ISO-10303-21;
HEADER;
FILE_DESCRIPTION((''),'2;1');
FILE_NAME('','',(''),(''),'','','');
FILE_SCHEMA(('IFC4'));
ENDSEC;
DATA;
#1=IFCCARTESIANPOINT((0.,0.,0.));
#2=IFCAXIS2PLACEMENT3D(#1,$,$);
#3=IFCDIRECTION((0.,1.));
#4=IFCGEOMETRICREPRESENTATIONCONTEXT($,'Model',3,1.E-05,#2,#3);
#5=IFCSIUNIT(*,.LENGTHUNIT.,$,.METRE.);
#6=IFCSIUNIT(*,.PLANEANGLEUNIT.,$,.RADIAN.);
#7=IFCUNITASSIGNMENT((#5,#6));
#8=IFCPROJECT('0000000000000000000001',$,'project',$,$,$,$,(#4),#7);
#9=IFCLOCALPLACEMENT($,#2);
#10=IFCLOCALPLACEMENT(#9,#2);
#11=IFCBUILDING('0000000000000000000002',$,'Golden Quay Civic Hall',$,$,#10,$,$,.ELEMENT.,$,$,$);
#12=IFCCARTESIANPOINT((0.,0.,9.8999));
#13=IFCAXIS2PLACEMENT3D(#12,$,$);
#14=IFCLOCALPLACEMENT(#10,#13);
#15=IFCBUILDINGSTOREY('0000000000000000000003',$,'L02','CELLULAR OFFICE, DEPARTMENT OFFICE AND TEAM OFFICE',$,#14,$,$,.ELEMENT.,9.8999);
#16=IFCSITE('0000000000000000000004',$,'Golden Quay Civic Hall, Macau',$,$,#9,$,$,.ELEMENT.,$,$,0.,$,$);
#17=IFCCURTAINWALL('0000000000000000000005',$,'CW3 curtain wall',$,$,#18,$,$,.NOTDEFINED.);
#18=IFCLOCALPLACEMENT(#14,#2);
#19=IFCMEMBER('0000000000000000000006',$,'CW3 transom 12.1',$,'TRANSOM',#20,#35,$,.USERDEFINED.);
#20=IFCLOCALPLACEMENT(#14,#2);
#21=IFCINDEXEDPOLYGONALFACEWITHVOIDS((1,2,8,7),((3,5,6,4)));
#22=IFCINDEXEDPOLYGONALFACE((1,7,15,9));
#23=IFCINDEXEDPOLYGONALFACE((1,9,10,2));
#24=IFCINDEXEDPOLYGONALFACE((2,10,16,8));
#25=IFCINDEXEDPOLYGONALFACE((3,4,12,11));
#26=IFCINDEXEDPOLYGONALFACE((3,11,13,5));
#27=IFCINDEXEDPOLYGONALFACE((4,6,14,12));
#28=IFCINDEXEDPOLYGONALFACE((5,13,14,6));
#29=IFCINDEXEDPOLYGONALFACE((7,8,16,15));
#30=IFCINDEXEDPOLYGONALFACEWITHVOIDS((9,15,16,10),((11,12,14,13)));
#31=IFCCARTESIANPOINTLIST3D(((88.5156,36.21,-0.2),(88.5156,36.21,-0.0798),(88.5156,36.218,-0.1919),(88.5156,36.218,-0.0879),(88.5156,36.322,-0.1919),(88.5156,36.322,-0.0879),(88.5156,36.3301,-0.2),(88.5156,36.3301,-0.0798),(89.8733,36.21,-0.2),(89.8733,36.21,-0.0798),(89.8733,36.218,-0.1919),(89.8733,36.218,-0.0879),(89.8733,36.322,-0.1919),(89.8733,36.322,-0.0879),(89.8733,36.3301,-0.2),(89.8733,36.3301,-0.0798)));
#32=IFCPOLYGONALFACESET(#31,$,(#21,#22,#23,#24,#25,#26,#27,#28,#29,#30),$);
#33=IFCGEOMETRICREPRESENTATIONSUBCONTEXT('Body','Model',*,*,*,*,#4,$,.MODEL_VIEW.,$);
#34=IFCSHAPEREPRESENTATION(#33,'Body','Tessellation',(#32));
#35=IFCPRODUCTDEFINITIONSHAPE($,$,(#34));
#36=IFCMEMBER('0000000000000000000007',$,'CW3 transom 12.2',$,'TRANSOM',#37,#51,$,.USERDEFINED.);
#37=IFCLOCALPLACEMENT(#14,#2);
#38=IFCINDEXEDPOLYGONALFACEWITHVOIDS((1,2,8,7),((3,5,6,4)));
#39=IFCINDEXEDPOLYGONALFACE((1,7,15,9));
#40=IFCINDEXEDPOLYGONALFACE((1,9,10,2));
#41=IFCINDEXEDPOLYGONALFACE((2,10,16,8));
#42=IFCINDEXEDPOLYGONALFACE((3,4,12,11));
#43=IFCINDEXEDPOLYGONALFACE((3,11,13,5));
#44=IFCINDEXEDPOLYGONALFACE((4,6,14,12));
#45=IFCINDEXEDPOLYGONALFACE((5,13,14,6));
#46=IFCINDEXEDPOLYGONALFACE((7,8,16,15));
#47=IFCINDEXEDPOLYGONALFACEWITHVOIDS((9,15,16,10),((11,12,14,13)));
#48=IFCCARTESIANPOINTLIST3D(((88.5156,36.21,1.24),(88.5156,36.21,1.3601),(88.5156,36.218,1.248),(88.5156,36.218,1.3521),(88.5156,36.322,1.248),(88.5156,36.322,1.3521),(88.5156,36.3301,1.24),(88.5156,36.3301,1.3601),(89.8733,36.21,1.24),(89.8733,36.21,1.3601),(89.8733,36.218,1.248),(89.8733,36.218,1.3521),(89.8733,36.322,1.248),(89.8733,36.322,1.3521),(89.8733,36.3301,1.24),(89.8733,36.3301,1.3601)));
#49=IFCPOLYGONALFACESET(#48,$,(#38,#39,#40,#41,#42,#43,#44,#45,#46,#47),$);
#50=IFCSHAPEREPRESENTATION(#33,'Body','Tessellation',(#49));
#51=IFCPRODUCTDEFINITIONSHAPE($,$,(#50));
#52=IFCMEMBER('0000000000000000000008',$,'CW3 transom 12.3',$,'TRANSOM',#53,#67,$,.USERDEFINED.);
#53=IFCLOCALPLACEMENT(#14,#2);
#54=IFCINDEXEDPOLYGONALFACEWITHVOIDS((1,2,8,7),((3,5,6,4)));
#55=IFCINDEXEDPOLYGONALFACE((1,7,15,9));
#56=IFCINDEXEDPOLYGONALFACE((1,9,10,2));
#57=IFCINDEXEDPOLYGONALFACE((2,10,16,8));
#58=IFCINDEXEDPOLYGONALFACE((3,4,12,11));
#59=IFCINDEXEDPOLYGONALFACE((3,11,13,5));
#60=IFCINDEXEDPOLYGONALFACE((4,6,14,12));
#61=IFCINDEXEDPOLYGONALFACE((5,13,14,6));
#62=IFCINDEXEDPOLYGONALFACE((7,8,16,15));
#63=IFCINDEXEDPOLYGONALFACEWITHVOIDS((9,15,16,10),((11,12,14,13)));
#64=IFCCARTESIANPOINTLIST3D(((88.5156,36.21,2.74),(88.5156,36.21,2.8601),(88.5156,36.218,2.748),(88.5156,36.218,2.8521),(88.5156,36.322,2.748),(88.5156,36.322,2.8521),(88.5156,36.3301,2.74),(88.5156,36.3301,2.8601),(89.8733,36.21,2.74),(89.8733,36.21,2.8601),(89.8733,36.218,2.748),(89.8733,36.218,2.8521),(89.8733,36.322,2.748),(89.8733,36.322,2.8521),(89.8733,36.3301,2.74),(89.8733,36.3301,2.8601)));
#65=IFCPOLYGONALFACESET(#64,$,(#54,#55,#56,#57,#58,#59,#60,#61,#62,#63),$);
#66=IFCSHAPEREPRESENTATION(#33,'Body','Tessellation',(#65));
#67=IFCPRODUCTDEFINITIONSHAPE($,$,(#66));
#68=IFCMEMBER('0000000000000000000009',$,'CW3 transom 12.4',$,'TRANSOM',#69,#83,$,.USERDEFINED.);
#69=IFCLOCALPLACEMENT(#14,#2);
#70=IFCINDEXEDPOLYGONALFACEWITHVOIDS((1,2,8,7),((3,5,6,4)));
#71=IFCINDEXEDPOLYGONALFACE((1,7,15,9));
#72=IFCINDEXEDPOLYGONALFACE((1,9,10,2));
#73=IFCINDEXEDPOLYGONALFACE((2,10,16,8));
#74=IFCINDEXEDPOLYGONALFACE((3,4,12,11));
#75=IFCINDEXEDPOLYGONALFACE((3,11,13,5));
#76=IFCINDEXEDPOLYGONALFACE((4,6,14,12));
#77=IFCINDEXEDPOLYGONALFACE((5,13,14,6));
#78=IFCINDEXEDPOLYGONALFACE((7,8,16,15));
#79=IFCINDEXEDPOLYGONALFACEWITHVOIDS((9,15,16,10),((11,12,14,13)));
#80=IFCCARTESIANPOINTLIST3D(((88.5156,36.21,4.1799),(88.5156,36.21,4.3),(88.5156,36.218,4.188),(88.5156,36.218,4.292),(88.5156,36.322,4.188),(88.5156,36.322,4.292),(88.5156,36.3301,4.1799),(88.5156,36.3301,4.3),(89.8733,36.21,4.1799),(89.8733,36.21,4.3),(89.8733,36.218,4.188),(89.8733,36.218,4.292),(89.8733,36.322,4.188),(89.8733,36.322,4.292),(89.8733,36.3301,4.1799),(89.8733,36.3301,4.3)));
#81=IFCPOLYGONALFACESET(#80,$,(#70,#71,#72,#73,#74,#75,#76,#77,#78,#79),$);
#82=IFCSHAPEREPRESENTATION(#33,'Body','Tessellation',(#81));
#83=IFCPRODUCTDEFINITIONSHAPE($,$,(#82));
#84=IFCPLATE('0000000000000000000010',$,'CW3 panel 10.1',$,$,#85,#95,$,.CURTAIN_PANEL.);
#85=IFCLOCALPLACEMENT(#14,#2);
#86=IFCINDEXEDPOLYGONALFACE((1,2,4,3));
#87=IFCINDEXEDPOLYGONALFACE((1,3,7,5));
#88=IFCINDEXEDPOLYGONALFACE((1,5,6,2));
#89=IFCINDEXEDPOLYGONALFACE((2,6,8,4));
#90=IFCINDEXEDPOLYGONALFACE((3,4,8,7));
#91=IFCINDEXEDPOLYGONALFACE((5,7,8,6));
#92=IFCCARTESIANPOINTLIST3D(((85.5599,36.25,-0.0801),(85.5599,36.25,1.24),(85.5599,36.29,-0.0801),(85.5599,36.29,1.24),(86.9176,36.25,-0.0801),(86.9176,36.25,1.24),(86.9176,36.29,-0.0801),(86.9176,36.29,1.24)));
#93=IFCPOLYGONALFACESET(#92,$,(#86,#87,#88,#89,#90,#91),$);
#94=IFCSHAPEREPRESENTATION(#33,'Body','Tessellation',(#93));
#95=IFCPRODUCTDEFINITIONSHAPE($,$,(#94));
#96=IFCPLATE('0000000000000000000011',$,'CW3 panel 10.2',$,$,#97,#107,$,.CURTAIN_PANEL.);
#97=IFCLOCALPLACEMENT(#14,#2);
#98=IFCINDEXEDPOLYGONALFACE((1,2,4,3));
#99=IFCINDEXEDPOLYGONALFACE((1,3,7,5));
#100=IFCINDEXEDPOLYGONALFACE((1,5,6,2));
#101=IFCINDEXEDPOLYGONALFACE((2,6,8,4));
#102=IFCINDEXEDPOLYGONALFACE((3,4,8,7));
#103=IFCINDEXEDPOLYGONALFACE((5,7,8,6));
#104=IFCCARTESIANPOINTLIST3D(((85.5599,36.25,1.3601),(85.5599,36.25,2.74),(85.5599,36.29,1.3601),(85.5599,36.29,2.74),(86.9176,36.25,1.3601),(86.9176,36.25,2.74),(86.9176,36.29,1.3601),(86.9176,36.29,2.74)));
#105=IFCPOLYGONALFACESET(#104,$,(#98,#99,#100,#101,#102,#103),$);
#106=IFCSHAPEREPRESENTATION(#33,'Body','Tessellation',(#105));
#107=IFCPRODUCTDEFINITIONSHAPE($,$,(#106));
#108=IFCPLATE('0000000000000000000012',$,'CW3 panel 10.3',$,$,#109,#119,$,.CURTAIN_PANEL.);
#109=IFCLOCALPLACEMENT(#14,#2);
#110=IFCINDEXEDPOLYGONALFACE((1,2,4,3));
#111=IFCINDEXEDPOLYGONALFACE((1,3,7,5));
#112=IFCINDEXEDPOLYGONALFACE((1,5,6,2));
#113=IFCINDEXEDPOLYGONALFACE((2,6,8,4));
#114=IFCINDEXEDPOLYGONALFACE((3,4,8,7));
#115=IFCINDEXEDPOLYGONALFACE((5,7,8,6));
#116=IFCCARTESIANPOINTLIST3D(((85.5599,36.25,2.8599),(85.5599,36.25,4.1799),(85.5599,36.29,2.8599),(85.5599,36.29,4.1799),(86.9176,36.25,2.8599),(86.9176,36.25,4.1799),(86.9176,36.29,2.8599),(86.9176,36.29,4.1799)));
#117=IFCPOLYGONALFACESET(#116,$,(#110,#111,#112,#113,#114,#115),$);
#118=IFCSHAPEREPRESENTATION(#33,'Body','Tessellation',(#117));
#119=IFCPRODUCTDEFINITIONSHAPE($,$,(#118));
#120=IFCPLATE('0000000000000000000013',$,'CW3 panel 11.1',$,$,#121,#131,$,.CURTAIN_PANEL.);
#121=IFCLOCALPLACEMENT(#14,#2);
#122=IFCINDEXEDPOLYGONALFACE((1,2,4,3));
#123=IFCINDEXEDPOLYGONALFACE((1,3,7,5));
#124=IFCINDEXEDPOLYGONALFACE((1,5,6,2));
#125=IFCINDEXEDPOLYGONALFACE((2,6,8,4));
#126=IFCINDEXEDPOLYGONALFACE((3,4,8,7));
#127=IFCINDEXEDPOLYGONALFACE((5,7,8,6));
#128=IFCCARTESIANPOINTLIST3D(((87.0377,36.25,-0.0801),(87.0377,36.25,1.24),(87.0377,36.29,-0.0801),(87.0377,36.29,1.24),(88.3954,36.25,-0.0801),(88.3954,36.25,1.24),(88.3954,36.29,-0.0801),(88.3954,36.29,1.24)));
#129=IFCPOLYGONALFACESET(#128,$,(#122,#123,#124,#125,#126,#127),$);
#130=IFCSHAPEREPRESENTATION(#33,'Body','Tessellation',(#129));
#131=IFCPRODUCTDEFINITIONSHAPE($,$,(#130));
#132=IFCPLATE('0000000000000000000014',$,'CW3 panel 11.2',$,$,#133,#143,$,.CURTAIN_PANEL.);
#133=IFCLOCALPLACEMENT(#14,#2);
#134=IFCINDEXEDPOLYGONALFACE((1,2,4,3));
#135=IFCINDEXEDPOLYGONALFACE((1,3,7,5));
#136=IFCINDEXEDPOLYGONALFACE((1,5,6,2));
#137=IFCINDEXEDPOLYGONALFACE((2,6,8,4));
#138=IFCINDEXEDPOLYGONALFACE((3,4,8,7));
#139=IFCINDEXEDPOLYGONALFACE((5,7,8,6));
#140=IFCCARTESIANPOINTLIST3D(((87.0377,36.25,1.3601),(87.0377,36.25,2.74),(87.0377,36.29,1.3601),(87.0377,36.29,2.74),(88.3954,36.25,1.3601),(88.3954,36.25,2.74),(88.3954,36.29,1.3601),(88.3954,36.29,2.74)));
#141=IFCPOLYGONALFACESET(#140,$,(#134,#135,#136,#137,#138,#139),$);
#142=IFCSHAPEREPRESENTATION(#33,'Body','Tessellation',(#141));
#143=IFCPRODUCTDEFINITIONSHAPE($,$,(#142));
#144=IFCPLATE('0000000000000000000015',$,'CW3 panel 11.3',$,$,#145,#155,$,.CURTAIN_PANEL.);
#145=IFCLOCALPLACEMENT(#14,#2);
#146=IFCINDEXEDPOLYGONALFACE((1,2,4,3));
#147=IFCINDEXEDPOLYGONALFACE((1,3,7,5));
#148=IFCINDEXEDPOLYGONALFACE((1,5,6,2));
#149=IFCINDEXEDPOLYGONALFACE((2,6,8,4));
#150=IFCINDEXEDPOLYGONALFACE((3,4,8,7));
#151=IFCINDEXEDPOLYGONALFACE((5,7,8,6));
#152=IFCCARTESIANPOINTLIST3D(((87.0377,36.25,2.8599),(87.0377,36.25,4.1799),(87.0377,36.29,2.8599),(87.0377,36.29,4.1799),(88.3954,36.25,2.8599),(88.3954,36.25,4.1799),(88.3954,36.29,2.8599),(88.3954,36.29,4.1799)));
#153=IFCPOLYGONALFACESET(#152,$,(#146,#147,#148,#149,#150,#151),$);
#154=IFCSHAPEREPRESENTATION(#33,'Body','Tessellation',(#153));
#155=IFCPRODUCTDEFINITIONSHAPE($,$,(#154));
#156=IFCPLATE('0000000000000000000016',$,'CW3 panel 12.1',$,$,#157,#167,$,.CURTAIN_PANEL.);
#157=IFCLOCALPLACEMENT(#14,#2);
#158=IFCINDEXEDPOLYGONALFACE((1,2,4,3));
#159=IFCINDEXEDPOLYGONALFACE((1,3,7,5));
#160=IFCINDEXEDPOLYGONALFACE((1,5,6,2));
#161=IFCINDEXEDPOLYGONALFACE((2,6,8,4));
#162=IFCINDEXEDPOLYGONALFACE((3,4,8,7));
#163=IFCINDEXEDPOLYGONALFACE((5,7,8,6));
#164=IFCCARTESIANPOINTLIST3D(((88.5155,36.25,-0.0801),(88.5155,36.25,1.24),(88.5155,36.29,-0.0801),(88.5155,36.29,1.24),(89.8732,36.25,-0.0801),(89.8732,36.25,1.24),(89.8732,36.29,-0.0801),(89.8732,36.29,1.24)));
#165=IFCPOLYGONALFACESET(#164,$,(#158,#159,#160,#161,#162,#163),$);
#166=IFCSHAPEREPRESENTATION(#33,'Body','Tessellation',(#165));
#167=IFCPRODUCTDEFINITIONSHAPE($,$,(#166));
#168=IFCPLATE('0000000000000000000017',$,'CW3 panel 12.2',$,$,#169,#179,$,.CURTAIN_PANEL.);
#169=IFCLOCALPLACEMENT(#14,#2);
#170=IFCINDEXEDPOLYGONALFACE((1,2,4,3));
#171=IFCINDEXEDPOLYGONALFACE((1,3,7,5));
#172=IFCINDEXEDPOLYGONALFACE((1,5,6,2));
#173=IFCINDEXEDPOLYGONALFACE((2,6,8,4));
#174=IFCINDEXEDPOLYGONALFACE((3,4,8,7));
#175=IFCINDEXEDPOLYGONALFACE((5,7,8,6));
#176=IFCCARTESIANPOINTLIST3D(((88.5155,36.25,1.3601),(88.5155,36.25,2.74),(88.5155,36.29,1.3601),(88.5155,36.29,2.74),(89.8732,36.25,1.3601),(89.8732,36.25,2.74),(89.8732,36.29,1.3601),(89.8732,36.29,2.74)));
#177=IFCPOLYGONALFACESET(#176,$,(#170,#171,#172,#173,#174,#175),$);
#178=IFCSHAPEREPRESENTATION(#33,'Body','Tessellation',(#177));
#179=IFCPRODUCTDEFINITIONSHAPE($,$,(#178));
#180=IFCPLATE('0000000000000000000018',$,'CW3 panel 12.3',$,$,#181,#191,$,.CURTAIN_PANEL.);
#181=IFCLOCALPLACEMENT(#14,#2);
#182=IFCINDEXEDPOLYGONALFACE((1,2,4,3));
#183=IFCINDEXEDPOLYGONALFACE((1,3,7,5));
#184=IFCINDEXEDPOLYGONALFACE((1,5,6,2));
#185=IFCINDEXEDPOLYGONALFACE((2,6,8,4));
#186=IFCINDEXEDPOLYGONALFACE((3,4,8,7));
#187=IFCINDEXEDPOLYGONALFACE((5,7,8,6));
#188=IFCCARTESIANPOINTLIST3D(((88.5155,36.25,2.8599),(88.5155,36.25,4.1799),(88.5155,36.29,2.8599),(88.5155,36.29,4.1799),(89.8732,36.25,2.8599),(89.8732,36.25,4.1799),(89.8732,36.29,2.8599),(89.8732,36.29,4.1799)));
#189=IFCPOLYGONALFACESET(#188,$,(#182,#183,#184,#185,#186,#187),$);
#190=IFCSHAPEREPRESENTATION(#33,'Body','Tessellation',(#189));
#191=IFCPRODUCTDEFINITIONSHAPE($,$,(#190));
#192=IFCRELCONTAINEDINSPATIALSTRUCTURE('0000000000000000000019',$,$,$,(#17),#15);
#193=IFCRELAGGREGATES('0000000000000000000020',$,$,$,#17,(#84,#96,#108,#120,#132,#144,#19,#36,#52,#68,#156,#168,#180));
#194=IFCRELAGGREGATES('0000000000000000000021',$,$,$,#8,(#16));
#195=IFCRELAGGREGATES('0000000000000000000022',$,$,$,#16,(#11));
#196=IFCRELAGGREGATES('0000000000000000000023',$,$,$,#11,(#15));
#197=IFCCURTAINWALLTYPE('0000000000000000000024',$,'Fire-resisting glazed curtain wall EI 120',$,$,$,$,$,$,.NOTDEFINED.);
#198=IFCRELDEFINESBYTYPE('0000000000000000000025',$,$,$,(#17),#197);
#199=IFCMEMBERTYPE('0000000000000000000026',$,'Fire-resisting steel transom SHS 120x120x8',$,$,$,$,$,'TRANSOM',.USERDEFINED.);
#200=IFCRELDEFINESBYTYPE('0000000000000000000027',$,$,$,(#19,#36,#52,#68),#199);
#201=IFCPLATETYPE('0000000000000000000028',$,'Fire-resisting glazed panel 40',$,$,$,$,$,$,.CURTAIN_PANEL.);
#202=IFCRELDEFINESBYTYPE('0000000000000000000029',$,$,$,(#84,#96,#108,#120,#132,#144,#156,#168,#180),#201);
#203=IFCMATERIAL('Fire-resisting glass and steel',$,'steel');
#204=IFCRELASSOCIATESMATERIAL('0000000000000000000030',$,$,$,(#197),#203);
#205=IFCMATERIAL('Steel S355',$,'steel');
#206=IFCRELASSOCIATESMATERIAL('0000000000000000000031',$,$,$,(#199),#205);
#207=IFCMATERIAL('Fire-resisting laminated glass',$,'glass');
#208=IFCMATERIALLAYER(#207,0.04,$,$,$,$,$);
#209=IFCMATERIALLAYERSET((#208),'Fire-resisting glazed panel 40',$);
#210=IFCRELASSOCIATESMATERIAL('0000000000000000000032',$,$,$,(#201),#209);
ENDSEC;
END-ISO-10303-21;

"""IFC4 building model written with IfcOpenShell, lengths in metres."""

from ifc_helpers import new_model, si_unit, direction, frame, origin, origin_2d, place, context, subcontext, project, spatial, rectangle, hollow_rectangle, extrude, material, layer, layer_set, material_profile, profile_set, type_object, element, aggregate, save


model = new_model("IFC4")

# Units and contexts
model_context = context("Model", 3, precision=1e-05, world=origin(), true_north=direction((0.0, 1.0)))
body_context = subcontext(model_context, "Body", "Model", "MODEL_VIEW")
ifc_project = project(units=[si_unit("LENGTHUNIT", "METRE"), si_unit("PLANEANGLEUNIT", "RADIAN")], contexts=[model_context])

# Site, building, storey
site_placement = place(None, origin())
site = spatial("IfcSite", under=ifc_project, at=site_placement, Name="Golden Quay Civic Hall, Macau", CompositionType="ELEMENT", RefElevation=0.0)
building_placement = place(site_placement, origin())
building = spatial("IfcBuilding", under=site, at=building_placement, Name="Golden Quay Civic Hall", CompositionType="ELEMENT")
storey_placement = place(building_placement, frame((0.0, 0.0, 9.8999)))
storey = spatial("IfcBuildingStorey", under=building, at=storey_placement, Name="L02", Description="CELLULAR OFFICE, DEPARTMENT OFFICE AND TEAM OFFICE", CompositionType="ELEMENT", Elevation=9.8999)

# Curtain wall, members, plates
ifc_material_1 = material(Name="Fire-resisting glass and steel", Category="steel")
curtain_wall_type = type_object("IfcCurtainWallType", Name="Fire-resisting glazed curtain wall EI 120", PredefinedType="NOTDEFINED", material=ifc_material_1)
curtain_wall_placement = place(storey_placement, origin())
curtain_wall = element("IfcCurtainWall", 1, at=curtain_wall_placement, inside=storey, type_object=curtain_wall_type, Name="CW3 curtain wall", PredefinedType="NOTDEFINED")
ifc_material_2 = material(Name="Steel S355", Category="steel")
ifc_material_profile_1 = material_profile(ifc_material_2, hollow_rectangle(XDim=0.1201, YDim=0.1201, WallThickness=0.0081, at=origin_2d()), Name="SHS 120x120x8")
ifc_profile_set_1 = profile_set([ifc_material_profile_1], Name="Steel S355")
member_type_1 = type_object("IfcMemberType", Name="Fire-resisting steel transom SHS 120x120x8", ElementType="TRANSOM", PredefinedType="USERDEFINED", material=ifc_profile_set_1)
member_1_placement = place(storey_placement, frame((88.5156, 36.27, -0.1399), z_axis=(1.0, 0.0, 0.0), x_axis=(0.0, 1.0, 0.0)))
member_1 = element("IfcMember", 2, at=member_1_placement, type_object=member_type_1, Name="CW3 transom 12.1", ObjectType="TRANSOM", PredefinedType="USERDEFINED", context=body_context, shape_type="SweptSolid", body=[
    extrude(hollow_rectangle(XDim=0.1201, YDim=0.1201, WallThickness=0.0081, at=origin_2d()), origin(), (0.0, 0.0, 1.0), 1.3577),
])
member_2_placement = place(storey_placement, frame((88.5156, 36.27, 1.3), z_axis=(1.0, 0.0, 0.0), x_axis=(0.0, 1.0, 0.0)))
member_2 = element("IfcMember", 3, at=member_2_placement, type_object=member_type_1, Name="CW3 transom 12.2", ObjectType="TRANSOM", PredefinedType="USERDEFINED", context=body_context, shape_type="SweptSolid", body=[
    extrude(hollow_rectangle(XDim=0.1201, YDim=0.1201, WallThickness=0.0081, at=origin_2d()), origin(), (0.0, 0.0, 1.0), 1.3577),
])
member_3_placement = place(storey_placement, frame((88.5156, 36.27, 2.8), z_axis=(1.0, 0.0, 0.0), x_axis=(0.0, 1.0, 0.0)))
member_3 = element("IfcMember", 4, at=member_3_placement, type_object=member_type_1, Name="CW3 transom 12.3", ObjectType="TRANSOM", PredefinedType="USERDEFINED", context=body_context, shape_type="SweptSolid", body=[
    extrude(hollow_rectangle(XDim=0.1201, YDim=0.1201, WallThickness=0.0081, at=origin_2d()), origin(), (0.0, 0.0, 1.0), 1.3577),
])
member_4_placement = place(storey_placement, frame((88.5156, 36.27, 4.24), z_axis=(1.0, 0.0, 0.0), x_axis=(0.0, 1.0, 0.0)))
member_4 = element("IfcMember", 5, at=member_4_placement, type_object=member_type_1, Name="CW3 transom 12.4", ObjectType="TRANSOM", PredefinedType="USERDEFINED", context=body_context, shape_type="SweptSolid", body=[
    extrude(hollow_rectangle(XDim=0.1201, YDim=0.1201, WallThickness=0.0081, at=origin_2d()), origin(), (0.0, 0.0, 1.0), 1.3577),
])
ifc_material_3 = material(Name="Fire-resisting laminated glass", Category="glass")
ifc_layer = layer(ifc_material_3, 0.04)
ifc_layer_set = layer_set([ifc_layer], Name="Fire-resisting glazed panel 40")
plate_type = type_object("IfcPlateType", Name="Fire-resisting glazed panel 40", PredefinedType="CURTAIN_PANEL", material=ifc_layer_set)
plate_1_placement = place(storey_placement, frame((86.2388, 36.27, -0.0801), z_axis=(0.0, 0.0, 1.0), x_axis=(1.0, 0.0, 0.0)))
plate_1 = element("IfcPlate", 6, at=plate_1_placement, type_object=plate_type, Name="CW3 panel 10.1", PredefinedType="CURTAIN_PANEL", context=body_context, shape_type="SweptSolid", body=[
    extrude(rectangle(XDim=1.3577, YDim=0.04, at=origin_2d()), origin(), (0.0, 0.0, 1.0), 1.3201),
])
plate_2_placement = place(storey_placement, frame((86.2388, 36.27, 1.3601), z_axis=(0.0, 0.0, 1.0), x_axis=(1.0, 0.0, 0.0)))
plate_2 = element("IfcPlate", 7, at=plate_2_placement, type_object=plate_type, Name="CW3 panel 10.2", PredefinedType="CURTAIN_PANEL", context=body_context, shape_type="SweptSolid", body=[
    extrude(rectangle(XDim=1.3577, YDim=0.04, at=origin_2d()), origin(), (0.0, 0.0, 1.0), 1.3799),
])
plate_3_placement = place(storey_placement, frame((86.2388, 36.27, 2.8599), z_axis=(0.0, 0.0, 1.0), x_axis=(1.0, 0.0, 0.0)))
plate_3 = element("IfcPlate", 8, at=plate_3_placement, type_object=plate_type, Name="CW3 panel 10.3", PredefinedType="CURTAIN_PANEL", context=body_context, shape_type="SweptSolid", body=[
    extrude(rectangle(XDim=1.3577, YDim=0.04, at=origin_2d()), origin(), (0.0, 0.0, 1.0), 1.3201),
])
plate_4_placement = place(storey_placement, frame((87.7166, 36.27, -0.0801), z_axis=(0.0, 0.0, 1.0), x_axis=(1.0, 0.0, 0.0)))
plate_4 = element("IfcPlate", 9, at=plate_4_placement, type_object=plate_type, Name="CW3 panel 11.1", PredefinedType="CURTAIN_PANEL", context=body_context, shape_type="SweptSolid", body=[
    extrude(rectangle(XDim=1.3577, YDim=0.04, at=origin_2d()), origin(), (0.0, 0.0, 1.0), 1.3201),
])
plate_5_placement = place(storey_placement, frame((87.7166, 36.27, 1.3601), z_axis=(0.0, 0.0, 1.0), x_axis=(1.0, 0.0, 0.0)))
plate_5 = element("IfcPlate", 10, at=plate_5_placement, type_object=plate_type, Name="CW3 panel 11.2", PredefinedType="CURTAIN_PANEL", context=body_context, shape_type="SweptSolid", body=[
    extrude(rectangle(XDim=1.3577, YDim=0.04, at=origin_2d()), origin(), (0.0, 0.0, 1.0), 1.3799),
])
plate_6_placement = place(storey_placement, frame((87.7166, 36.27, 2.8599), z_axis=(0.0, 0.0, 1.0), x_axis=(1.0, 0.0, 0.0)))
plate_6 = element("IfcPlate", 11, at=plate_6_placement, type_object=plate_type, Name="CW3 panel 11.3", PredefinedType="CURTAIN_PANEL", context=body_context, shape_type="SweptSolid", body=[
    extrude(rectangle(XDim=1.3577, YDim=0.04, at=origin_2d()), origin(), (0.0, 0.0, 1.0), 1.3201),
])
plate_7_placement = place(storey_placement, frame((89.1943, 36.27, -0.0801), z_axis=(0.0, 0.0, 1.0), x_axis=(1.0, 0.0, 0.0)))
plate_7 = element("IfcPlate", 12, at=plate_7_placement, type_object=plate_type, Name="CW3 panel 12.1", PredefinedType="CURTAIN_PANEL", context=body_context, shape_type="SweptSolid", body=[
    extrude(rectangle(XDim=1.3577, YDim=0.04, at=origin_2d()), origin(), (0.0, 0.0, 1.0), 1.3201),
])
plate_8_placement = place(storey_placement, frame((89.1943, 36.27, 1.3601), z_axis=(0.0, 0.0, 1.0), x_axis=(1.0, 0.0, 0.0)))
plate_8 = element("IfcPlate", 13, at=plate_8_placement, type_object=plate_type, Name="CW3 panel 12.2", PredefinedType="CURTAIN_PANEL", context=body_context, shape_type="SweptSolid", body=[
    extrude(rectangle(XDim=1.3577, YDim=0.04, at=origin_2d()), origin(), (0.0, 0.0, 1.0), 1.3799),
])
plate_9_placement = place(storey_placement, frame((89.1943, 36.27, 2.8599), z_axis=(0.0, 0.0, 1.0), x_axis=(1.0, 0.0, 0.0)))
plate_9 = element("IfcPlate", 14, at=plate_9_placement, type_object=plate_type, Name="CW3 panel 12.3", PredefinedType="CURTAIN_PANEL", context=body_context, shape_type="SweptSolid", body=[
    extrude(rectangle(XDim=1.3577, YDim=0.04, at=origin_2d()), origin(), (0.0, 0.0, 1.0), 1.3201),
])
aggregate(curtain_wall, [plate_1, plate_2, plate_3, plate_4, plate_5, plate_6, member_1, member_2, member_3, member_4, plate_7, plate_8, plate_9])

save(model, "model.ifc")
